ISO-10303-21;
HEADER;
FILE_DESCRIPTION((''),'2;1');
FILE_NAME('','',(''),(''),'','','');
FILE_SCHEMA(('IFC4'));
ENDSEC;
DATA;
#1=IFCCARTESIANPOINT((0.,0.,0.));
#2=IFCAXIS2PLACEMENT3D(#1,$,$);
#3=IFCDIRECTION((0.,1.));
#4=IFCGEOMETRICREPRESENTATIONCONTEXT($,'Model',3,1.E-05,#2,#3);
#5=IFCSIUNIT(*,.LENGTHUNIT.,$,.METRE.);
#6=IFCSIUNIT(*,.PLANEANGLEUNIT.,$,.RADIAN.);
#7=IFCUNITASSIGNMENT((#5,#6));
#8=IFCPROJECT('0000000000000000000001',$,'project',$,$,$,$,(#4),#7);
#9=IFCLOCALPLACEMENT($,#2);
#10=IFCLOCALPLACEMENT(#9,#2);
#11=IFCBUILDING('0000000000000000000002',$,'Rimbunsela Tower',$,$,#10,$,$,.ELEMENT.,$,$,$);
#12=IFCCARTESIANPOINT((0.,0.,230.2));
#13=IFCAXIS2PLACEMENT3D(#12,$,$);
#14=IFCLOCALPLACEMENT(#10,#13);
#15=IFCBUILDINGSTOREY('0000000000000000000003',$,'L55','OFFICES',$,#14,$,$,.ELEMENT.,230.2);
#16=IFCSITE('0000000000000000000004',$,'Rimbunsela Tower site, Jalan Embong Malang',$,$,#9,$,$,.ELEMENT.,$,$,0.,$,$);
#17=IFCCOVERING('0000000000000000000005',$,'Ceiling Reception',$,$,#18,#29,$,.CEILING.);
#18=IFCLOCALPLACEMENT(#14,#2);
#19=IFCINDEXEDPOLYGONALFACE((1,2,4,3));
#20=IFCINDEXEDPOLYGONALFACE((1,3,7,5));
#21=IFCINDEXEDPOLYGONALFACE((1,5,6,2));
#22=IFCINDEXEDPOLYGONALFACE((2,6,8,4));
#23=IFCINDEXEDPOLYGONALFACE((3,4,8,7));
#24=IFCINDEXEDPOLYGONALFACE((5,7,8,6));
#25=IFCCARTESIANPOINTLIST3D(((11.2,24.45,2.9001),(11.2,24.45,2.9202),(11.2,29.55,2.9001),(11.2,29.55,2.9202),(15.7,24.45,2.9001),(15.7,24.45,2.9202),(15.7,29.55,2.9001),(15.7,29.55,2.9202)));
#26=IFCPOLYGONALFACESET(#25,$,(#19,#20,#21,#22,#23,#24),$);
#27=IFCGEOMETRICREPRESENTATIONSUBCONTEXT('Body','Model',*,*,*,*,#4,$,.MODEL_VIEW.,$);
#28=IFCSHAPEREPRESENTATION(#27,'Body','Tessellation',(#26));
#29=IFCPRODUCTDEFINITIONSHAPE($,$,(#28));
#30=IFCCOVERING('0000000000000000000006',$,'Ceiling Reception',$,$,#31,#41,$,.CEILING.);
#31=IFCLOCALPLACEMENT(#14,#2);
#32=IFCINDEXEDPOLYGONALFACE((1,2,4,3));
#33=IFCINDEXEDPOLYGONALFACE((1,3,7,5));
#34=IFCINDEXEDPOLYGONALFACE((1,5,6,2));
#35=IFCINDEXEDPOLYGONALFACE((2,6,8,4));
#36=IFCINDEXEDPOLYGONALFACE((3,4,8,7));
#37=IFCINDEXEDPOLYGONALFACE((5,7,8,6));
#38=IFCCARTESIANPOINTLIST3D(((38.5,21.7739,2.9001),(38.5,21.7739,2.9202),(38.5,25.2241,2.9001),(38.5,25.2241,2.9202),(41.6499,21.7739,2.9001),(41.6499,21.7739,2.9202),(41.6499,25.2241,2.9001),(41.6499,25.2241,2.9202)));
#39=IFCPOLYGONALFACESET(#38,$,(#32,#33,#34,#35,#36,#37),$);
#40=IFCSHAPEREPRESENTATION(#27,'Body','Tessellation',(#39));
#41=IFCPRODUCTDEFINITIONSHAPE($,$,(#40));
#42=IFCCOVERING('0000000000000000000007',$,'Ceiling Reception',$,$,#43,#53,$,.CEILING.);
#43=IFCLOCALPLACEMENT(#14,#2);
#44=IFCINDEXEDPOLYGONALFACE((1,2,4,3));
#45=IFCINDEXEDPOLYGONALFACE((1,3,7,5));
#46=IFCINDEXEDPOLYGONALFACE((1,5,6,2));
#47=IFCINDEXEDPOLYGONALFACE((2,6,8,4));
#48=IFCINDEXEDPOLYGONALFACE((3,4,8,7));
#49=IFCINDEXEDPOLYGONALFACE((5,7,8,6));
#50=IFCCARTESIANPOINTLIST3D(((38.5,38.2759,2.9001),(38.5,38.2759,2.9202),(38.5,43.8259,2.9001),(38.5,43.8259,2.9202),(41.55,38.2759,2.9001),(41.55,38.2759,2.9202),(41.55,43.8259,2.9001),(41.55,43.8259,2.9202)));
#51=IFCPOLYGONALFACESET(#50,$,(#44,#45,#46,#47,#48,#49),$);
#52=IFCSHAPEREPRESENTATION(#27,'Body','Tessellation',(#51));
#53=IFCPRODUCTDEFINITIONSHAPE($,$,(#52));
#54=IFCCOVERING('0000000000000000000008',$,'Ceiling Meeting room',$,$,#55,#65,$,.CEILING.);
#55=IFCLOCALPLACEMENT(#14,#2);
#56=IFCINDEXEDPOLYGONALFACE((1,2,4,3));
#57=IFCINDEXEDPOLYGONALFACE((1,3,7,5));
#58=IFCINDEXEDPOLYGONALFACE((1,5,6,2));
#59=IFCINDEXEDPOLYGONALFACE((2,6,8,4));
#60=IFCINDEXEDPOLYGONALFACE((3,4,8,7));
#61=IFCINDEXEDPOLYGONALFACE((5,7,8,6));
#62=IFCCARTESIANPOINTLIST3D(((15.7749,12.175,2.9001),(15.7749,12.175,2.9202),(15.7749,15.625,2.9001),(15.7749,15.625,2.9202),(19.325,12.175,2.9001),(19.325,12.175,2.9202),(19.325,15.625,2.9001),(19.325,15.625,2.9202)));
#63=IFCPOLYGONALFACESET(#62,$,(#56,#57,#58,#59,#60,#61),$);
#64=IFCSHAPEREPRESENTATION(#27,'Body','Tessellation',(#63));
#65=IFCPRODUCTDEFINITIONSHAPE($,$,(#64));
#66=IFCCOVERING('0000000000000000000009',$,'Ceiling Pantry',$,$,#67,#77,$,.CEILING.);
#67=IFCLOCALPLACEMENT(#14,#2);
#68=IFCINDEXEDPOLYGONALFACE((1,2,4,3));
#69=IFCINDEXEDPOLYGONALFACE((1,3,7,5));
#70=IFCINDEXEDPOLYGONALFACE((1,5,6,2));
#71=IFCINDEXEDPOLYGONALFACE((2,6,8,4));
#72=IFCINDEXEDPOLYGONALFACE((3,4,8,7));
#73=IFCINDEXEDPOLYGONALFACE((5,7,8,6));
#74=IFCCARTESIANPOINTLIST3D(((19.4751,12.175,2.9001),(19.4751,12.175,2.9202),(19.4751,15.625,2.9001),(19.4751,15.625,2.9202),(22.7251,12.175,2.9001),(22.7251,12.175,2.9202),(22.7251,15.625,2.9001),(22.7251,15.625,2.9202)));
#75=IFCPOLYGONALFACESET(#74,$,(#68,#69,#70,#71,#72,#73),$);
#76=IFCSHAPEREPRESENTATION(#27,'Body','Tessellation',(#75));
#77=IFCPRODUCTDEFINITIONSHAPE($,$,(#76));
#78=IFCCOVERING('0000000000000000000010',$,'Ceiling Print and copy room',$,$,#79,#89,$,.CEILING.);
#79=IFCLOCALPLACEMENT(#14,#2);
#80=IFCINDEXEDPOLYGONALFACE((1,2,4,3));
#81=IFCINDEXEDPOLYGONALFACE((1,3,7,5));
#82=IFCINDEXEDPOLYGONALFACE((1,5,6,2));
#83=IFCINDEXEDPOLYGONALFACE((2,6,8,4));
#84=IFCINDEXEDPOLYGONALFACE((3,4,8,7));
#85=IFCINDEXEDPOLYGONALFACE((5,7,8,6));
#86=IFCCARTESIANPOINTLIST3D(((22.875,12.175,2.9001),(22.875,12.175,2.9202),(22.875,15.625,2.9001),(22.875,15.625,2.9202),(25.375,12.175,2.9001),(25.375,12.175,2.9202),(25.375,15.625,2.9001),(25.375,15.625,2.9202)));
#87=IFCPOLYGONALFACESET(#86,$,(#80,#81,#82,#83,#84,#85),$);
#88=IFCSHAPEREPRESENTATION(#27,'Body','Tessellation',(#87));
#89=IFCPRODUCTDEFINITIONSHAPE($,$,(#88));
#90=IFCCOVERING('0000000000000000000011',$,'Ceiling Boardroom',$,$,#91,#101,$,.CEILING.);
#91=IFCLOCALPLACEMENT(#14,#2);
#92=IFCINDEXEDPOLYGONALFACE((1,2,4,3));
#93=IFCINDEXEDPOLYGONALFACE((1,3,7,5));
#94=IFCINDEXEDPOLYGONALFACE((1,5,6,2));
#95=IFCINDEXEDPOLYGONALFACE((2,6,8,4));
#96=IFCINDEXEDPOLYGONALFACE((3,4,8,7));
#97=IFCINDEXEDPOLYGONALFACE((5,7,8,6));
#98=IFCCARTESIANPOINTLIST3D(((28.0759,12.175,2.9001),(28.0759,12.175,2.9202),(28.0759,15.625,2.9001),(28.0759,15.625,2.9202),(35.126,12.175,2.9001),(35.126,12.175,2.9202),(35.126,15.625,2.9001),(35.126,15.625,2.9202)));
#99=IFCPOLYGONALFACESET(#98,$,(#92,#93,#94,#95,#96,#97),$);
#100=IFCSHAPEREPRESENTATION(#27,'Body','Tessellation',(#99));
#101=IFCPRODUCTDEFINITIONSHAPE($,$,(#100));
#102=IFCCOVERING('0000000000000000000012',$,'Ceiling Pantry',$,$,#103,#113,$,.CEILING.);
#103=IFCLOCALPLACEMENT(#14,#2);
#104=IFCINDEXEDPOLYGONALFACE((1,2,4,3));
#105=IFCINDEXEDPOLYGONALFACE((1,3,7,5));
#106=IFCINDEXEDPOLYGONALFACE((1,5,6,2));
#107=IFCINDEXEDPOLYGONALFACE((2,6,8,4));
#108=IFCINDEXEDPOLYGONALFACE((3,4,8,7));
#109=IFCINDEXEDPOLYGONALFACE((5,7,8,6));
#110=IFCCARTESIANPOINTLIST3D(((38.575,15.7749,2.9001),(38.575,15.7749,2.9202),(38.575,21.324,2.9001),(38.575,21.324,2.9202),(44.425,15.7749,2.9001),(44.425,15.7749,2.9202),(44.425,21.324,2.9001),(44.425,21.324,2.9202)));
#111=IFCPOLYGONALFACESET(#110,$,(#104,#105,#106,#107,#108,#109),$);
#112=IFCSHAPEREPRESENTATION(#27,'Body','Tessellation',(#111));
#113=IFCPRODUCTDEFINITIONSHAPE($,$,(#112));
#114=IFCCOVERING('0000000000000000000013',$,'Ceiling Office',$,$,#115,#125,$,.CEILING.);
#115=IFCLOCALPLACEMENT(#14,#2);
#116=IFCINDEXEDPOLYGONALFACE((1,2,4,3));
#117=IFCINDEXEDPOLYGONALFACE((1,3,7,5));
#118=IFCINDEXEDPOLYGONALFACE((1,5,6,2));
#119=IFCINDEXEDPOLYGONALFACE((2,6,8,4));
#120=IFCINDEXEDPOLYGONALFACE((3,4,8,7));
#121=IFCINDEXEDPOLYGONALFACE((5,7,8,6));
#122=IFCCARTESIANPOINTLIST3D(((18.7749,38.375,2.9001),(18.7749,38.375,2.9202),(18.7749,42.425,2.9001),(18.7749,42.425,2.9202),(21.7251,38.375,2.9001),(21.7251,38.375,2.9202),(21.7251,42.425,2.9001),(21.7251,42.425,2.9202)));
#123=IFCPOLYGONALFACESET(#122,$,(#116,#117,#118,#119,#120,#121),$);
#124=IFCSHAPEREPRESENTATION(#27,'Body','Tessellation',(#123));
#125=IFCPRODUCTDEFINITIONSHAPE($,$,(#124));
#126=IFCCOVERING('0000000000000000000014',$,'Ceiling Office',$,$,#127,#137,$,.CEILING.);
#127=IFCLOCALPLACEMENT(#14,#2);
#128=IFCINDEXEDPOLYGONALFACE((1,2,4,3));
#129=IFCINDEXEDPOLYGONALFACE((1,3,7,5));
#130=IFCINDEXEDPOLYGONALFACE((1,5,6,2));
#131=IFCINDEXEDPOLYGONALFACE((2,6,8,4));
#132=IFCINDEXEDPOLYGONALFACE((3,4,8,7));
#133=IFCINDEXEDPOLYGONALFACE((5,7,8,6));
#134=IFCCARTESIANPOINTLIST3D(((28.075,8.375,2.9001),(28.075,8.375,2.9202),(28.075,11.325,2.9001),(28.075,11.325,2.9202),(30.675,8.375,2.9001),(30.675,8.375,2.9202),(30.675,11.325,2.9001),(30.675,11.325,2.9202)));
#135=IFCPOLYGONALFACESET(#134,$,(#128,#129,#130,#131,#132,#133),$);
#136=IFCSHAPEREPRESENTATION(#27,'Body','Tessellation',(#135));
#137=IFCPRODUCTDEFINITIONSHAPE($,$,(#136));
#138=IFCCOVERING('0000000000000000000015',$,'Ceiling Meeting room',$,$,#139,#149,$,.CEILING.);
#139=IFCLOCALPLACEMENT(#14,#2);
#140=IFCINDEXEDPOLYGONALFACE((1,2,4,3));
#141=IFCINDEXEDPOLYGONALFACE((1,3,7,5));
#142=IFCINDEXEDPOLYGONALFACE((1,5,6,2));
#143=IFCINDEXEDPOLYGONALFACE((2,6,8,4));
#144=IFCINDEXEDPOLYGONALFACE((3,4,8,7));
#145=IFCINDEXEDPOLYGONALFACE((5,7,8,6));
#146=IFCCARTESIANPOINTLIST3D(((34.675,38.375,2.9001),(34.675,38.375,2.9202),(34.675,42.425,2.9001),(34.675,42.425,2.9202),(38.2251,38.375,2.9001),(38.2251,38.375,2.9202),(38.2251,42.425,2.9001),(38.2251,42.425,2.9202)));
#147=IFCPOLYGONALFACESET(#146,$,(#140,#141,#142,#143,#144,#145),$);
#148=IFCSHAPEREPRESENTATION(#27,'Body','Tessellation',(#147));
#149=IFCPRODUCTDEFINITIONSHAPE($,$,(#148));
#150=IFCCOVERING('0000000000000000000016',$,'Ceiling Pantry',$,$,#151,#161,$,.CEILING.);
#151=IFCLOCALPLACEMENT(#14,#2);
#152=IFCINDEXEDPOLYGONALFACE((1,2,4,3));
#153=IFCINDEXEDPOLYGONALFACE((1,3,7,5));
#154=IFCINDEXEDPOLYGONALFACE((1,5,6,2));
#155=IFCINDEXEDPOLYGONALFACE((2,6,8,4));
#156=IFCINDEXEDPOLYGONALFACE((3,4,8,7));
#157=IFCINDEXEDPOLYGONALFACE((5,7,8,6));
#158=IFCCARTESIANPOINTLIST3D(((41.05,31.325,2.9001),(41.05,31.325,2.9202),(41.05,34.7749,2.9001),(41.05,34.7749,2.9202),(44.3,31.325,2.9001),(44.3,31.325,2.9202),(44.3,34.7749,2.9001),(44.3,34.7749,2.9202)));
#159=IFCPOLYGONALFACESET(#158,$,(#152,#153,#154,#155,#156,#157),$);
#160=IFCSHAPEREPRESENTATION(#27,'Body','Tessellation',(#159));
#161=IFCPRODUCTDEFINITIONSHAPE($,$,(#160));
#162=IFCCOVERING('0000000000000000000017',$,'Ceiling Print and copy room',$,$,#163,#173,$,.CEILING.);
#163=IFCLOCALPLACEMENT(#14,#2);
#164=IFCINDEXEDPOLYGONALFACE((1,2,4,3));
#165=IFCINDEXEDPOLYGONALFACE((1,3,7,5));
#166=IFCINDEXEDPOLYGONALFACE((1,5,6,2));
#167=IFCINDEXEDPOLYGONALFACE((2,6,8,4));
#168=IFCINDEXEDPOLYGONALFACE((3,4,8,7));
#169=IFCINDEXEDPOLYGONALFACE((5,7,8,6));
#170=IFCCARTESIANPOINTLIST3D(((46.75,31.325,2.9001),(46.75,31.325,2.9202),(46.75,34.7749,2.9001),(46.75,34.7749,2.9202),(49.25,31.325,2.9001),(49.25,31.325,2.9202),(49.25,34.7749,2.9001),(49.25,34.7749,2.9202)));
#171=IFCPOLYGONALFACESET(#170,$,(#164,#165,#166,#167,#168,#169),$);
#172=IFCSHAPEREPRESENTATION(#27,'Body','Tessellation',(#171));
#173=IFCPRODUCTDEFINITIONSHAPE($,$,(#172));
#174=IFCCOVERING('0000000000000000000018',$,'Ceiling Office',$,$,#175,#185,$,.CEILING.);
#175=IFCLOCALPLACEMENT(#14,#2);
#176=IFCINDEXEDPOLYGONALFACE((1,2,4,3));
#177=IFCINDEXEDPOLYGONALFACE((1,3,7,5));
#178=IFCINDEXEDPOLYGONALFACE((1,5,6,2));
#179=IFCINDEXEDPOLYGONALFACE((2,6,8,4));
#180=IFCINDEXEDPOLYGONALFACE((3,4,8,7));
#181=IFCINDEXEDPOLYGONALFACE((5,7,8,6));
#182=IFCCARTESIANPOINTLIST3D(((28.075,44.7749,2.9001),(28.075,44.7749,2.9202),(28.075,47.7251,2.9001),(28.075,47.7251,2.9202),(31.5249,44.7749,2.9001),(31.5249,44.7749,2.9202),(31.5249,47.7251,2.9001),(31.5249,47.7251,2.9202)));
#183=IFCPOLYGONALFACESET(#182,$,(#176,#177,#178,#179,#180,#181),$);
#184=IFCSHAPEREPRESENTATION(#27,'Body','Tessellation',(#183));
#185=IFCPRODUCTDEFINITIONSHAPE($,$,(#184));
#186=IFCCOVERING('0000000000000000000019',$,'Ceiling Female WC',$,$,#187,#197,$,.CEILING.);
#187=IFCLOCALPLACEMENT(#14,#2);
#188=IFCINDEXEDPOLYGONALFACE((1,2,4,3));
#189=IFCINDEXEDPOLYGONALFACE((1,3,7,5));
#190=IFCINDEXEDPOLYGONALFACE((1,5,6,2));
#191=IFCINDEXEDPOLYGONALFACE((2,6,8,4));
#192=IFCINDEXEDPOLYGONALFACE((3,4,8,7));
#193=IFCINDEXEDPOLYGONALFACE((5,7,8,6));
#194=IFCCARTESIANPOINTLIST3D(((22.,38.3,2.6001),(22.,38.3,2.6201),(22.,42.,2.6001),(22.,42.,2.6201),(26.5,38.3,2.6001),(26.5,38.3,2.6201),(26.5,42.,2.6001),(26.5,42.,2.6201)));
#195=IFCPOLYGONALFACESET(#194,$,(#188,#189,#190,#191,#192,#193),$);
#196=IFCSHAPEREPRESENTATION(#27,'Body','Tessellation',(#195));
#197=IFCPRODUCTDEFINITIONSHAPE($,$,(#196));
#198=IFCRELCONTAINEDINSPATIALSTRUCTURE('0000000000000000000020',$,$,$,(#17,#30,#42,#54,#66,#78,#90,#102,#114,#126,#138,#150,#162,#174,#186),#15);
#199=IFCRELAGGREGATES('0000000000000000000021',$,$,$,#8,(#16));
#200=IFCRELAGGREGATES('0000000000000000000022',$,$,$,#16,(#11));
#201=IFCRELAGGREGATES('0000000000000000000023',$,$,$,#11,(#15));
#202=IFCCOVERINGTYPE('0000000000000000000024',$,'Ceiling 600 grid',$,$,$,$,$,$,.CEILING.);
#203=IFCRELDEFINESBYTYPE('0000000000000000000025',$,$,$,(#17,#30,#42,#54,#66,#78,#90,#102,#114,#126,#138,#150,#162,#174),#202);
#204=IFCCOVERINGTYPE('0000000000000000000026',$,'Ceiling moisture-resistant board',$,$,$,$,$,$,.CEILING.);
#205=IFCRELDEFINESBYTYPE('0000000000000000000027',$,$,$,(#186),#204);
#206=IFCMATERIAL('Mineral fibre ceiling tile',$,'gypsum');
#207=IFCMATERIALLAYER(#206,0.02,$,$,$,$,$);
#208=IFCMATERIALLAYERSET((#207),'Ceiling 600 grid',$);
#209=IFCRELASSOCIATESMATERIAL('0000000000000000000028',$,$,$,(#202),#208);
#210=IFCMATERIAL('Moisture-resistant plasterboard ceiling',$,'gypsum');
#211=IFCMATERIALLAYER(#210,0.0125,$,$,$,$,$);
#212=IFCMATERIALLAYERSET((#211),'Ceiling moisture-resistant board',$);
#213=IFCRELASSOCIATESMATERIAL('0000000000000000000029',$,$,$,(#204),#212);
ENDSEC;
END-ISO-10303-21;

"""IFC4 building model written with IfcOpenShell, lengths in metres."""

from ifc_helpers import new_model, si_unit, direction, frame, origin, place, context, subcontext, project, spatial, polyline, outline, extrude, material, layer, layer_set, type_object, element, save


model = new_model("IFC4")

# Units and contexts
model_context = context("Model", 3, precision=1e-05, world=origin(), true_north=direction((0.0, 1.0)))
body_context = subcontext(model_context, "Body", "Model", "MODEL_VIEW")
ifc_project = project(units=[si_unit("LENGTHUNIT", "METRE"), si_unit("PLANEANGLEUNIT", "RADIAN")], contexts=[model_context])

# Site, building, storey
site_placement = place(None, origin())
site = spatial("IfcSite", under=ifc_project, at=site_placement, Name="Rimbunsela Tower site, Jalan Embong Malang", CompositionType="ELEMENT", RefElevation=0.0)
building_placement = place(site_placement, origin())
building = spatial("IfcBuilding", under=site, at=building_placement, Name="Rimbunsela Tower", CompositionType="ELEMENT")
storey_placement = place(building_placement, frame((0.0, 0.0, 230.2)))
storey = spatial("IfcBuildingStorey", under=building, at=storey_placement, Name="L55", Description="OFFICES", CompositionType="ELEMENT", Elevation=230.2)

# Coverings
ifc_material_1 = material(Name="Mineral fibre ceiling tile", Category="gypsum")
ifc_layer_1 = layer(ifc_material_1, 0.02)
ifc_layer_set_1 = layer_set([ifc_layer_1], Name="Ceiling 600 grid")
covering_type_1 = type_object("IfcCoveringType", Name="Ceiling 600 grid", PredefinedType="CEILING", material=ifc_layer_set_1)
covering_1_placement = place(storey_placement, frame((0.0, 0.0, 2.9001)))
element("IfcCovering", 1, at=covering_1_placement, inside=storey, type_object=covering_type_1, Name="Ceiling Reception", PredefinedType="CEILING", context=body_context, shape_type="SweptSolid", body=[
    extrude(outline(polyline([(15.7, 24.45), (15.7, 29.55), (11.2, 29.55), (11.2, 24.45), (15.7, 24.45)])), origin(), (0.0, 0.0, 1.0), 0.02),
])
covering_2_placement = place(storey_placement, frame((0.0, 0.0, 2.9001)))
element("IfcCovering", 2, at=covering_2_placement, inside=storey, type_object=covering_type_1, Name="Ceiling Reception", PredefinedType="CEILING", context=body_context, shape_type="SweptSolid", body=[
    extrude(outline(polyline([(41.6499, 21.7739), (41.6499, 25.2241), (38.5, 25.2241), (38.5, 21.7739), (41.6499, 21.7739)])), origin(), (0.0, 0.0, 1.0), 0.02),
])
covering_3_placement = place(storey_placement, frame((0.0, 0.0, 2.9001)))
element("IfcCovering", 3, at=covering_3_placement, inside=storey, type_object=covering_type_1, Name="Ceiling Reception", PredefinedType="CEILING", context=body_context, shape_type="SweptSolid", body=[
    extrude(outline(polyline([(41.55, 38.2759), (41.55, 43.8259), (38.5, 43.8259), (38.5, 38.2759), (41.55, 38.2759)])), origin(), (0.0, 0.0, 1.0), 0.02),
])
covering_4_placement = place(storey_placement, frame((0.0, 0.0, 2.9001)))
element("IfcCovering", 4, at=covering_4_placement, inside=storey, type_object=covering_type_1, Name="Ceiling Meeting room", PredefinedType="CEILING", context=body_context, shape_type="SweptSolid", body=[
    extrude(outline(polyline([(19.325, 12.175), (19.325, 15.625), (15.7749, 15.625), (15.7749, 12.175), (19.325, 12.175)])), origin(), (0.0, 0.0, 1.0), 0.02),
])
covering_5_placement = place(storey_placement, frame((0.0, 0.0, 2.9001)))
element("IfcCovering", 5, at=covering_5_placement, inside=storey, type_object=covering_type_1, Name="Ceiling Pantry", PredefinedType="CEILING", context=body_context, shape_type="SweptSolid", body=[
    extrude(outline(polyline([(22.7251, 12.175), (22.7251, 15.625), (19.4751, 15.625), (19.4751, 12.175), (22.7251, 12.175)])), origin(), (0.0, 0.0, 1.0), 0.02),
])
covering_6_placement = place(storey_placement, frame((0.0, 0.0, 2.9001)))
element("IfcCovering", 6, at=covering_6_placement, inside=storey, type_object=covering_type_1, Name="Ceiling Print and copy room", PredefinedType="CEILING", context=body_context, shape_type="SweptSolid", body=[
    extrude(outline(polyline([(25.375, 12.175), (25.375, 15.625), (22.875, 15.625), (22.875, 12.175), (25.375, 12.175)])), origin(), (0.0, 0.0, 1.0), 0.02),
])
covering_7_placement = place(storey_placement, frame((0.0, 0.0, 2.9001)))
element("IfcCovering", 7, at=covering_7_placement, inside=storey, type_object=covering_type_1, Name="Ceiling Boardroom", PredefinedType="CEILING", context=body_context, shape_type="SweptSolid", body=[
    extrude(outline(polyline([(35.126, 12.175), (35.126, 15.625), (28.0759, 15.625), (28.0759, 12.175), (35.126, 12.175)])), origin(), (0.0, 0.0, 1.0), 0.02),
])
covering_8_placement = place(storey_placement, frame((0.0, 0.0, 2.9001)))
element("IfcCovering", 8, at=covering_8_placement, inside=storey, type_object=covering_type_1, Name="Ceiling Pantry", PredefinedType="CEILING", context=body_context, shape_type="SweptSolid", body=[
    extrude(outline(polyline([(44.425, 15.7749), (44.425, 21.324), (38.575, 21.324), (38.575, 15.7749), (44.425, 15.7749)])), origin(), (0.0, 0.0, 1.0), 0.02),
])
covering_9_placement = place(storey_placement, frame((0.0, 0.0, 2.9001)))
element("IfcCovering", 9, at=covering_9_placement, inside=storey, type_object=covering_type_1, Name="Ceiling Office", PredefinedType="CEILING", context=body_context, shape_type="SweptSolid", body=[
    extrude(outline(polyline([(21.7251, 38.375), (21.7251, 42.425), (18.7749, 42.425), (18.7749, 38.375), (21.7251, 38.375)])), origin(), (0.0, 0.0, 1.0), 0.02),
])
covering_10_placement = place(storey_placement, frame((0.0, 0.0, 2.9001)))
element("IfcCovering", 10, at=covering_10_placement, inside=storey, type_object=covering_type_1, Name="Ceiling Office", PredefinedType="CEILING", context=body_context, shape_type="SweptSolid", body=[
    extrude(outline(polyline([(30.675, 8.375), (30.675, 11.325), (28.075, 11.325), (28.075, 8.375), (30.675, 8.375)])), origin(), (0.0, 0.0, 1.0), 0.02),
])
covering_11_placement = place(storey_placement, frame((0.0, 0.0, 2.9001)))
element("IfcCovering", 11, at=covering_11_placement, inside=storey, type_object=covering_type_1, Name="Ceiling Meeting room", PredefinedType="CEILING", context=body_context, shape_type="SweptSolid", body=[
    extrude(outline(polyline([(38.2251, 38.375), (38.2251, 42.425), (34.675, 42.425), (34.675, 38.375), (38.2251, 38.375)])), origin(), (0.0, 0.0, 1.0), 0.02),
])
covering_12_placement = place(storey_placement, frame((0.0, 0.0, 2.9001)))
element("IfcCovering", 12, at=covering_12_placement, inside=storey, type_object=covering_type_1, Name="Ceiling Pantry", PredefinedType="CEILING", context=body_context, shape_type="SweptSolid", body=[
    extrude(outline(polyline([(44.3, 31.325), (44.3, 34.7749), (41.05, 34.7749), (41.05, 31.325), (44.3, 31.325)])), origin(), (0.0, 0.0, 1.0), 0.02),
])
covering_13_placement = place(storey_placement, frame((0.0, 0.0, 2.9001)))
element("IfcCovering", 13, at=covering_13_placement, inside=storey, type_object=covering_type_1, Name="Ceiling Print and copy room", PredefinedType="CEILING", context=body_context, shape_type="SweptSolid", body=[
    extrude(outline(polyline([(49.25, 31.325), (49.25, 34.7749), (46.75, 34.7749), (46.75, 31.325), (49.25, 31.325)])), origin(), (0.0, 0.0, 1.0), 0.02),
])
covering_14_placement = place(storey_placement, frame((0.0, 0.0, 2.9001)))
element("IfcCovering", 14, at=covering_14_placement, inside=storey, type_object=covering_type_1, Name="Ceiling Office", PredefinedType="CEILING", context=body_context, shape_type="SweptSolid", body=[
    extrude(outline(polyline([(31.5249, 44.7749), (31.5249, 47.7251), (28.075, 47.7251), (28.075, 44.7749), (31.5249, 44.7749)])), origin(), (0.0, 0.0, 1.0), 0.02),
])
ifc_material_2 = material(Name="Moisture-resistant plasterboard ceiling", Category="gypsum")
ifc_layer_2 = layer(ifc_material_2, 0.0125)
ifc_layer_set_2 = layer_set([ifc_layer_2], Name="Ceiling moisture-resistant board")
covering_type_2 = type_object("IfcCoveringType", Name="Ceiling moisture-resistant board", PredefinedType="CEILING", material=ifc_layer_set_2)
covering_15_placement = place(storey_placement, frame((0.0, 0.0, 2.6001)))
element("IfcCovering", 15, at=covering_15_placement, inside=storey, type_object=covering_type_2, Name="Ceiling Female WC", PredefinedType="CEILING", context=body_context, shape_type="SweptSolid", body=[
    extrude(outline(polyline([(26.5, 38.3), (26.5, 42.0), (22.0, 42.0), (22.0, 38.3), (26.5, 38.3)])), origin(), (0.0, 0.0, 1.0), 0.02),
])

save(model, "model.ifc")
